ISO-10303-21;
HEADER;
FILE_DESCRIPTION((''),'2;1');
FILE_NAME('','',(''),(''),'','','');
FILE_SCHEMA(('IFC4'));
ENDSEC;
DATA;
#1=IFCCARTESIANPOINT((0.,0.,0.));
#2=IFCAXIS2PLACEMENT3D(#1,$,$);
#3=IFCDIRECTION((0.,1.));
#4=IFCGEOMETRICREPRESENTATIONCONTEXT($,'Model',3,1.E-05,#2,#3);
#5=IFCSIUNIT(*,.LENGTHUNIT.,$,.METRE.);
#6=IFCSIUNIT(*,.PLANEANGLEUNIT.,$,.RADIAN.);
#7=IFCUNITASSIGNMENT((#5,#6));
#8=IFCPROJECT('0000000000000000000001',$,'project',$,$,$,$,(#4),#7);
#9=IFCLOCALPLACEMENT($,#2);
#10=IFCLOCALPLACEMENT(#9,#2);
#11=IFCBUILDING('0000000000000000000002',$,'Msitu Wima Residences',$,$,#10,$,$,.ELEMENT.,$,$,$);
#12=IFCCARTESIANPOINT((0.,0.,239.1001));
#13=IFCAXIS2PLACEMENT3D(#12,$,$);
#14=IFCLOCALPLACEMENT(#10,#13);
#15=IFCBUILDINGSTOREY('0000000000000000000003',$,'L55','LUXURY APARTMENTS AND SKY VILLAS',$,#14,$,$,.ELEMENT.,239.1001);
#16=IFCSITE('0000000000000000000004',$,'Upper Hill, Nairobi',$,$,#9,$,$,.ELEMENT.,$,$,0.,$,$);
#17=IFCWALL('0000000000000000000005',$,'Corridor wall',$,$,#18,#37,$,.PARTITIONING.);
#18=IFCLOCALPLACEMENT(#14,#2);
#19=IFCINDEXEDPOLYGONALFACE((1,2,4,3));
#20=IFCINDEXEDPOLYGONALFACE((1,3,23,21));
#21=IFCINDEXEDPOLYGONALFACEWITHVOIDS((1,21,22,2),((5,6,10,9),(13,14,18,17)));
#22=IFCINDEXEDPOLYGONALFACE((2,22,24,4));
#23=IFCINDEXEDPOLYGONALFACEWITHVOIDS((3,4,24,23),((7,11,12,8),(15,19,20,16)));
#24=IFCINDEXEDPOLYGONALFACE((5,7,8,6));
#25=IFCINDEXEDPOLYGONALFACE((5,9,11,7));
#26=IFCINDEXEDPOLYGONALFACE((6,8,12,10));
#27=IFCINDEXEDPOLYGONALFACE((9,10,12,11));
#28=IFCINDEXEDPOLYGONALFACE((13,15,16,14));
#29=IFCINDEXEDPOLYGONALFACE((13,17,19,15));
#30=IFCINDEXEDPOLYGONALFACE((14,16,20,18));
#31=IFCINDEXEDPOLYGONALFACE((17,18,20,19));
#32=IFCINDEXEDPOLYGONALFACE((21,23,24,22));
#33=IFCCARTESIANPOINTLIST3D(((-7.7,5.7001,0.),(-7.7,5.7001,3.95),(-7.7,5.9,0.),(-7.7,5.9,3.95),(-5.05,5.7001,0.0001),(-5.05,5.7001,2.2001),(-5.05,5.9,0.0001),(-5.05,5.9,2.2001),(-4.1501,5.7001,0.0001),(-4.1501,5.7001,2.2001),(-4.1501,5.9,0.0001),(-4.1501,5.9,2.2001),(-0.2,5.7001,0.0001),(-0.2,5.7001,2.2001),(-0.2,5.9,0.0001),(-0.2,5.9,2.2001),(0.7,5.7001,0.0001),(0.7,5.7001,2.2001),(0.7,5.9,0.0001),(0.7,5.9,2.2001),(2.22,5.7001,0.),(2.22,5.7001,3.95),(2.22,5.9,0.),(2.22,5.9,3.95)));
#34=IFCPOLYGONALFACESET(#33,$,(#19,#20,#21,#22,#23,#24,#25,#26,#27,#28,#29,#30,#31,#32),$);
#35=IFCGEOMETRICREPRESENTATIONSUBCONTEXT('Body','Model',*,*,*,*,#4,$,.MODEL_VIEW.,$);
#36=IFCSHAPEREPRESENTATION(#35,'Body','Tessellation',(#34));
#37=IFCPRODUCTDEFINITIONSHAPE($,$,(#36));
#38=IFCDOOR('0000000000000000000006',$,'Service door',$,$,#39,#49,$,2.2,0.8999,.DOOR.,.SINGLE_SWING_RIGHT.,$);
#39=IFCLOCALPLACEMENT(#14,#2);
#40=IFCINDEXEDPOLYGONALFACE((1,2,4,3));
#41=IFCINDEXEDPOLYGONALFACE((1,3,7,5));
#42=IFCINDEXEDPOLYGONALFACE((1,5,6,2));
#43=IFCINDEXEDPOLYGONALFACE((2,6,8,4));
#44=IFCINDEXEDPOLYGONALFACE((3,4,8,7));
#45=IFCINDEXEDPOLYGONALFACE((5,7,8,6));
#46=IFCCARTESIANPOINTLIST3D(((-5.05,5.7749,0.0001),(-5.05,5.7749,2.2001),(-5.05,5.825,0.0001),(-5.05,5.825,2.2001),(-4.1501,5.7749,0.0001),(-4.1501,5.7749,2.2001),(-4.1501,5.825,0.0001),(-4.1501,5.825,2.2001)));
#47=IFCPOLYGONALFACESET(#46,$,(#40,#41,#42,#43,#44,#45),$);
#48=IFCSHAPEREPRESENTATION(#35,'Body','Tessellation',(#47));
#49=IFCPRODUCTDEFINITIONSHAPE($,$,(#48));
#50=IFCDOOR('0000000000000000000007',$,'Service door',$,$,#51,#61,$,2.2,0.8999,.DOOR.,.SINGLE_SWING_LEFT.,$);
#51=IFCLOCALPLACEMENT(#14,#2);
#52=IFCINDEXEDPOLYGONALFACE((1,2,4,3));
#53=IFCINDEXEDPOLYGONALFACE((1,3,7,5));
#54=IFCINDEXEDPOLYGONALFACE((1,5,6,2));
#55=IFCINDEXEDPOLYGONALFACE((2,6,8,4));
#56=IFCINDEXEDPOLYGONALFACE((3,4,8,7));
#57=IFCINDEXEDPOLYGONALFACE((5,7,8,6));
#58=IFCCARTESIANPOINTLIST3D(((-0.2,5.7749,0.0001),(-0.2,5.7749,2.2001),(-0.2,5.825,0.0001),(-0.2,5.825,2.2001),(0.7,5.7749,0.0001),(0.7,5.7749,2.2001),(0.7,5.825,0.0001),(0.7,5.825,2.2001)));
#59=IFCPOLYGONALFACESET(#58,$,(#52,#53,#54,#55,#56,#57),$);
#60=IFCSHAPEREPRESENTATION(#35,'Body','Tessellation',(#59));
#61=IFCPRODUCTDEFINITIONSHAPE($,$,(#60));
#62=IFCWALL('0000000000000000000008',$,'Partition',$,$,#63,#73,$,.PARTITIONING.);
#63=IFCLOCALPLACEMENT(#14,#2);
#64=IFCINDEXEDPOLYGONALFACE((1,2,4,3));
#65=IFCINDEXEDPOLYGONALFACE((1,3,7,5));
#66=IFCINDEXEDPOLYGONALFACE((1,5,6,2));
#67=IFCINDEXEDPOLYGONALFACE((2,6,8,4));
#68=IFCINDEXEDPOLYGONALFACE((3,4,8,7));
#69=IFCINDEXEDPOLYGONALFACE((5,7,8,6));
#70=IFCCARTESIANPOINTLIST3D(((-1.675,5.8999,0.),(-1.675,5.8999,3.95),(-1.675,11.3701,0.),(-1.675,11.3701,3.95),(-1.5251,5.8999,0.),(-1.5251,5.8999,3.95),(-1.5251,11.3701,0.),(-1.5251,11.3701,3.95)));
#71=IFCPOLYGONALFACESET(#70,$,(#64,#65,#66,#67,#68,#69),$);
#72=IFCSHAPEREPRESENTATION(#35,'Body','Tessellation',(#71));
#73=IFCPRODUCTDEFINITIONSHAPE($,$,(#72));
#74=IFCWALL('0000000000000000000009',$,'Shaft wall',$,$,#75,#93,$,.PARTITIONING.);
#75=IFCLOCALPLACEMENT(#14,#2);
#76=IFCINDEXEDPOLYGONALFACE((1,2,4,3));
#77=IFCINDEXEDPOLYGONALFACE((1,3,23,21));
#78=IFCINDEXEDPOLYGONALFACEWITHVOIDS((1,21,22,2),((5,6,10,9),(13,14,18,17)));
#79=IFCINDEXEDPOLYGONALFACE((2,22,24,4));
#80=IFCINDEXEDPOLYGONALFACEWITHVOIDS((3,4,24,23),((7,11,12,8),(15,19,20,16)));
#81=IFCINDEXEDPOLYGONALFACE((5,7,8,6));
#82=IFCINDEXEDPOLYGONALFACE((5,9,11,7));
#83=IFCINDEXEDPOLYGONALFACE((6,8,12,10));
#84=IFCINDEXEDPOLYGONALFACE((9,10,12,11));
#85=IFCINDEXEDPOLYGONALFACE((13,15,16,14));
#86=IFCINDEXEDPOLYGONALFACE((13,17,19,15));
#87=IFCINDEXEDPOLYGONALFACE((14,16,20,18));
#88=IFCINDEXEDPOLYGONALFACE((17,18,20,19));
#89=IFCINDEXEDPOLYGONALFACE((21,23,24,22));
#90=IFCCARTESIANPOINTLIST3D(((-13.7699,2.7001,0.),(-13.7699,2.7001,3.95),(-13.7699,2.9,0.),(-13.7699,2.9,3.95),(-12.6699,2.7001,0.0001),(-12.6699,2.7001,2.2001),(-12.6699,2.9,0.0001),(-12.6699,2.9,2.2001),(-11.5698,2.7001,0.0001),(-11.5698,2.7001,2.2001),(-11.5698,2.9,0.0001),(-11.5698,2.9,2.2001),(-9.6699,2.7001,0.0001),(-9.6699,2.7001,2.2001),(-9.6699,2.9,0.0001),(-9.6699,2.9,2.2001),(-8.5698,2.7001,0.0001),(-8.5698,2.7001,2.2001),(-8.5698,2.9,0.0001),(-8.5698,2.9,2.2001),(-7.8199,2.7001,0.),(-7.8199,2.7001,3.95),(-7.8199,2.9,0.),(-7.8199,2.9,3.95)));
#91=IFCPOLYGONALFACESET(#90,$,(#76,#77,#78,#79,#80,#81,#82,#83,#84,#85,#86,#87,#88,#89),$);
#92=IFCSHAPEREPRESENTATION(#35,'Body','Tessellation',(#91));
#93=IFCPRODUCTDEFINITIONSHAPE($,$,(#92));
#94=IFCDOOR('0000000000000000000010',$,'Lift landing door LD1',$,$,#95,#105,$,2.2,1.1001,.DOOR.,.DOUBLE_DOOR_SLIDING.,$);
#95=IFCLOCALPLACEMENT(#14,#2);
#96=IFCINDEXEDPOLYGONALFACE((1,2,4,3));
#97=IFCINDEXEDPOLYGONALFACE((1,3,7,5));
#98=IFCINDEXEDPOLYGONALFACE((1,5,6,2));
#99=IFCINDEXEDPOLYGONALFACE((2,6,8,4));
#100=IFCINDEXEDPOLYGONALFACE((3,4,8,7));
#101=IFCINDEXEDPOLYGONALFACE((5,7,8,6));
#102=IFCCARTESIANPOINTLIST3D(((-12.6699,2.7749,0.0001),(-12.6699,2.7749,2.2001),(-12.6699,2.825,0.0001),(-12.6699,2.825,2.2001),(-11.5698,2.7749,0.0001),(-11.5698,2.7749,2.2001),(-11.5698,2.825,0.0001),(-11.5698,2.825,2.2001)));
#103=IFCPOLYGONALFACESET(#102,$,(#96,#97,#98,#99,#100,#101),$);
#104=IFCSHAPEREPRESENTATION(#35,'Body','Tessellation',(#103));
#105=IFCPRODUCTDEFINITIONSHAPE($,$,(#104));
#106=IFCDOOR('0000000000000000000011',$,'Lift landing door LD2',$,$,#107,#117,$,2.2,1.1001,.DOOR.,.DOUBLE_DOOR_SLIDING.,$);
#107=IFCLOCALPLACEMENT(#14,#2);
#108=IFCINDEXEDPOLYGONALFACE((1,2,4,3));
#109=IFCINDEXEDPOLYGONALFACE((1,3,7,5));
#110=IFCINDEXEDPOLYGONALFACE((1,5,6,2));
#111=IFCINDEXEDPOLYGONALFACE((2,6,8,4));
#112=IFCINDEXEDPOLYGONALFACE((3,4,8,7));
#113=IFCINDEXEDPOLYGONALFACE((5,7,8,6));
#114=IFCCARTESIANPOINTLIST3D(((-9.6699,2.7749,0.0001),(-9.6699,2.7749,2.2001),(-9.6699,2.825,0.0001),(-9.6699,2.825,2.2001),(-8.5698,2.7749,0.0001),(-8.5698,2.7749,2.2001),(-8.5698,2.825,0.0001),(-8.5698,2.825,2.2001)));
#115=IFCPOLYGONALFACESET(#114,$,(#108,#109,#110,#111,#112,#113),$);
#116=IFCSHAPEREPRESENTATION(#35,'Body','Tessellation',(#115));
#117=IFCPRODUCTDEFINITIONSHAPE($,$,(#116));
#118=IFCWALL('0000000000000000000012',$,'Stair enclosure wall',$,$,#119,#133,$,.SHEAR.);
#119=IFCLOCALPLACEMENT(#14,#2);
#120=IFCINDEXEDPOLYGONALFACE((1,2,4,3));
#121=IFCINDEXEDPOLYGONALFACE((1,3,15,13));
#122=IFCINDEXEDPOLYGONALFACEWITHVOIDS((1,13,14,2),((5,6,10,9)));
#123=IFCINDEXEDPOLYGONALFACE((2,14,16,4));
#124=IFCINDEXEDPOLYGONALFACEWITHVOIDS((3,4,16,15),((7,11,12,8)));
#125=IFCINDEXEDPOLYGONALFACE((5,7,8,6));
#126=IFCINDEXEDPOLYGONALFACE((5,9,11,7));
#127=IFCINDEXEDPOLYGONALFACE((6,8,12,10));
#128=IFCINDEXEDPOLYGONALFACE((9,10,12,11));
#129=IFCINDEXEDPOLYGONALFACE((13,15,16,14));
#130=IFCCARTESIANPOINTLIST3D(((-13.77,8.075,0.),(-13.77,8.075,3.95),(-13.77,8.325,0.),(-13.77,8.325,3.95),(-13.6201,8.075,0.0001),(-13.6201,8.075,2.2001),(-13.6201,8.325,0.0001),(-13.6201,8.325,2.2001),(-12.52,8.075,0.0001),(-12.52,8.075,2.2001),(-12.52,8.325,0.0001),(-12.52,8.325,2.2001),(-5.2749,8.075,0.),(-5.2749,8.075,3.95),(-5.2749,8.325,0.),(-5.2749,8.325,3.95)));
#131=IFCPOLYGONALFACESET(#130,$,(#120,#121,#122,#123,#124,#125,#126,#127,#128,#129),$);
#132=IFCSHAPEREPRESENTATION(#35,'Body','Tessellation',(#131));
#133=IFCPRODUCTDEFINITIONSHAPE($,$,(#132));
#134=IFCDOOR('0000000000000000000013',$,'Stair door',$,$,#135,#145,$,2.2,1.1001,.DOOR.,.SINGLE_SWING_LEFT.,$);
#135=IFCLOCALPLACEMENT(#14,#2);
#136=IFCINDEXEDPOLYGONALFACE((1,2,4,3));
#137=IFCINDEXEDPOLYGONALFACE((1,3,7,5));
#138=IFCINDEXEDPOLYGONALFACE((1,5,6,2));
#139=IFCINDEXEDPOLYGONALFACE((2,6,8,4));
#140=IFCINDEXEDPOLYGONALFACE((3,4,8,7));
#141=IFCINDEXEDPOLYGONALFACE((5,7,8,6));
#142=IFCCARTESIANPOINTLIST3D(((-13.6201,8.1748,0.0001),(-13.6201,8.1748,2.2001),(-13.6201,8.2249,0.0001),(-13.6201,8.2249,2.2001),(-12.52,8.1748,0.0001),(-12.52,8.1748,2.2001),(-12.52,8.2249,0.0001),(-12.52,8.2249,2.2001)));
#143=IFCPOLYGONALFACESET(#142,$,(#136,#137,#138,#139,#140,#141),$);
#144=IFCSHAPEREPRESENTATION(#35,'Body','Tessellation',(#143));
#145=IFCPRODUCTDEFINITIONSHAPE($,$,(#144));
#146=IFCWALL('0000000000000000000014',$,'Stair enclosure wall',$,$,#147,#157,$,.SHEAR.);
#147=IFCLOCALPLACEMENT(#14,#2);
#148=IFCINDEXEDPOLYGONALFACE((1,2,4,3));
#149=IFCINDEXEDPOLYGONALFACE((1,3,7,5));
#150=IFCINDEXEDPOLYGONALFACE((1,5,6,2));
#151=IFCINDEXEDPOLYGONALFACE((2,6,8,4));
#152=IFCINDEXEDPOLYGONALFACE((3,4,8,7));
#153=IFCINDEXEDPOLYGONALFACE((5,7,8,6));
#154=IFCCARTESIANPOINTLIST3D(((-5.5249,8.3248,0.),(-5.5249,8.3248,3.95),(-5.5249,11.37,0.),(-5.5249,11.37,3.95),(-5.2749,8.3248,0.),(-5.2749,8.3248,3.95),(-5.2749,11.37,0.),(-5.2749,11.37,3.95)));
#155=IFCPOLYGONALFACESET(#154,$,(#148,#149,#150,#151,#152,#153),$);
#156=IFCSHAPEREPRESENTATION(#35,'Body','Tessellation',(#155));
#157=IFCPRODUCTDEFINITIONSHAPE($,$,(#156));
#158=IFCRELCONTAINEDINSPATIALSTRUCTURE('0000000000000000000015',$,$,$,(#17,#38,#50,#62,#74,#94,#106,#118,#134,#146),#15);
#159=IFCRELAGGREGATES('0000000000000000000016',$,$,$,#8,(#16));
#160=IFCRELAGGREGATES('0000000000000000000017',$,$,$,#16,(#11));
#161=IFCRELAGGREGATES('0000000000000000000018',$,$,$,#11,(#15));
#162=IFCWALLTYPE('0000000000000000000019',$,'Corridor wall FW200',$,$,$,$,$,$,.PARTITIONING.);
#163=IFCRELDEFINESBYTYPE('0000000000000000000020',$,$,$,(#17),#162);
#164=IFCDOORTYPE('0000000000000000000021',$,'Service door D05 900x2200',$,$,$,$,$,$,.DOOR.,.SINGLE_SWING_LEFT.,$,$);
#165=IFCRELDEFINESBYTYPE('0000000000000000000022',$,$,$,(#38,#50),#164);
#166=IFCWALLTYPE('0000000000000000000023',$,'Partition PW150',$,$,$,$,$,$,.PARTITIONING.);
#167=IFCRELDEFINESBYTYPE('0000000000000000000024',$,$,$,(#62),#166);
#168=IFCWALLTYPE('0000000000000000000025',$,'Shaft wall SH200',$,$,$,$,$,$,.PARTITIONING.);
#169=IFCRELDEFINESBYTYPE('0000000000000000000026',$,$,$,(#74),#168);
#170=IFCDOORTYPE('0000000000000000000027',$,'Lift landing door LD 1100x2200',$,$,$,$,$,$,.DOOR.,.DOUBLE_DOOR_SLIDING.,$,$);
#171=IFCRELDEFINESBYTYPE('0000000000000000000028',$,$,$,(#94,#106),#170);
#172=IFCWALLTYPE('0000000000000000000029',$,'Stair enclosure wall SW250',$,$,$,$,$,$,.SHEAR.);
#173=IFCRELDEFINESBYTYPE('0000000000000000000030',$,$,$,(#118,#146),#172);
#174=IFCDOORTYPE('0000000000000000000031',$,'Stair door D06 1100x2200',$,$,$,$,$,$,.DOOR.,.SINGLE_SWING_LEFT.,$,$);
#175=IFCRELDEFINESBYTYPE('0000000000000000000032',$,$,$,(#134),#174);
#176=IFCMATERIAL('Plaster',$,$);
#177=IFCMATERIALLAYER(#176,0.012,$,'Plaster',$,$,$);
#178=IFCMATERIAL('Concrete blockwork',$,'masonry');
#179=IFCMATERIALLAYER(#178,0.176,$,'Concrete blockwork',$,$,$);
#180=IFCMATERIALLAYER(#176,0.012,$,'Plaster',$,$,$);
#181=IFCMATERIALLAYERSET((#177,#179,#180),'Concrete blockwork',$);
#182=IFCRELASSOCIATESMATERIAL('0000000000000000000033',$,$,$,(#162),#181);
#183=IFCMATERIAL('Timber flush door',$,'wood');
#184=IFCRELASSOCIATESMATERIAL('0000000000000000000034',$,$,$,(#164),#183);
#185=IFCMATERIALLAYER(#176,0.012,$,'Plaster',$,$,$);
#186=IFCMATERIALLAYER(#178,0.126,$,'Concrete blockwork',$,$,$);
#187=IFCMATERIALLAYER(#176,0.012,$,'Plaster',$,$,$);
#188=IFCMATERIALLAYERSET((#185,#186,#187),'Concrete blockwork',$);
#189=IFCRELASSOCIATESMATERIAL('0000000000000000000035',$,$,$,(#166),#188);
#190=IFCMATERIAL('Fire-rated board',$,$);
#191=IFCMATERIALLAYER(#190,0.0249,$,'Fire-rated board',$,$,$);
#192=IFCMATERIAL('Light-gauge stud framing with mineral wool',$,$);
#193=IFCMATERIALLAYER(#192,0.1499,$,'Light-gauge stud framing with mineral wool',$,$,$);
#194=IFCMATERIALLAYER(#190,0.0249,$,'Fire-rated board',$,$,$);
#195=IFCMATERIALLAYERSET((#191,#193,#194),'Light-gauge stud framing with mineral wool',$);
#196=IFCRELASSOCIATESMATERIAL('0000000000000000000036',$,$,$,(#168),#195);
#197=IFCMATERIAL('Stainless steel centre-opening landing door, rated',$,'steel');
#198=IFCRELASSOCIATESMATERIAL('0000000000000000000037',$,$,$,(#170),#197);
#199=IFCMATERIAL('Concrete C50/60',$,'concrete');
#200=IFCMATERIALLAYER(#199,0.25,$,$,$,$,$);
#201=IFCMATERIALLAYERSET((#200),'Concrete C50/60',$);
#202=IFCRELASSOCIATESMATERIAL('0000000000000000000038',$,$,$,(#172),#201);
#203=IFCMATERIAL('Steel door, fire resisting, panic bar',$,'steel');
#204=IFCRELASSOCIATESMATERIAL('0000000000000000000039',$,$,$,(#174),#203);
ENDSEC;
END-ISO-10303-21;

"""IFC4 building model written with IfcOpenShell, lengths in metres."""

from ifc_helpers import new_model, si_unit, direction, frame, frame_2d, origin, place, context, subcontext, project, spatial, rectangle, extrude, material, layer, layer_set, type_object, element, fill, save


model = new_model("IFC4")

# Units and contexts
model_context = context("Model", 3, precision=1e-05, world=origin(), true_north=direction((0.0, 1.0)))
body_context = subcontext(model_context, "Body", "Model", "MODEL_VIEW")
ifc_project = project(units=[si_unit("LENGTHUNIT", "METRE"), si_unit("PLANEANGLEUNIT", "RADIAN")], contexts=[model_context])

# Site, building, storey
site_placement = place(None, origin())
site = spatial("IfcSite", under=ifc_project, at=site_placement, Name="Upper Hill, Nairobi", CompositionType="ELEMENT", RefElevation=0.0)
building_placement = place(site_placement, origin())
building = spatial("IfcBuilding", under=site, at=building_placement, Name="Msitu Wima Residences", CompositionType="ELEMENT")
storey_placement = place(building_placement, frame((0.0, 0.0, 239.1001)))
storey = spatial("IfcBuildingStorey", under=building, at=storey_placement, Name="L55", Description="LUXURY APARTMENTS AND SKY VILLAS", CompositionType="ELEMENT", Elevation=239.1001)

# Shared definitions
ifc_material_1 = material(Name="Plaster")
ifc_layer_1 = layer(ifc_material_1, 0.012, Name="Plaster")
ifc_material_2 = material(Name="Concrete blockwork", Category="masonry")
ifc_layer_2 = layer(ifc_material_2, 0.176, Name="Concrete blockwork")
ifc_layer_3 = layer(ifc_material_1, 0.012, Name="Plaster")
ifc_layer_set_1 = layer_set([ifc_layer_1, ifc_layer_2, ifc_layer_3], Name="Concrete blockwork")
wall_type_1 = type_object("IfcWallType", Name="Corridor wall FW200", PredefinedType="PARTITIONING", material=ifc_layer_set_1)
ifc_material_3 = material(Name="Timber flush door", Category="wood")
door_type_1 = type_object("IfcDoorType", Name="Service door D05 900x2200", OperationType="SINGLE_SWING_LEFT", PredefinedType="DOOR", material=ifc_material_3)

# Wall, openings, doors
wall_1_placement = place(storey_placement, frame((-7.7, 5.8, 0.0), z_axis=(0.0, 0.0, 1.0), x_axis=(1.0, 0.0, 0.0)))
wall_1 = element("IfcWall", 1, at=wall_1_placement, inside=storey, type_object=wall_type_1, Name="Corridor wall", PredefinedType="PARTITIONING", context=body_context, shape_type="SweptSolid", body=[
    extrude(rectangle(XDim=9.9199, YDim=0.2, at=frame_2d((4.96, 0.0))), origin(), (0.0, 0.0, 1.0), 3.95),
])
opening_1_placement = place(wall_1_placement, frame((2.6499, 0.0, 0.0)))
opening_1 = element("IfcOpeningElement", 2, at=opening_1_placement, cuts=wall_1, PredefinedType="OPENING", context=body_context, shape_type="SweptSolid", body=[
    extrude(rectangle(XDim=0.8999, YDim=2.2, at=frame_2d((0.45, 1.1001))), frame((0.0, 0.1099, 0.0), z_axis=(0.0, -1.0, 0.0), x_axis=(1.0, 0.0, 0.0)), (0.0, 0.0, 1.0), 0.22),
])
opening_2_placement = place(wall_1_placement, frame((7.5, 0.0, 0.0)))
opening_2 = element("IfcOpeningElement", 3, at=opening_2_placement, cuts=wall_1, PredefinedType="OPENING", context=body_context, shape_type="SweptSolid", body=[
    extrude(rectangle(XDim=0.8999, YDim=2.2, at=frame_2d((0.45, 1.1001))), frame((0.0, 0.1099, 0.0), z_axis=(0.0, -1.0, 0.0), x_axis=(1.0, 0.0, 0.0)), (0.0, 0.0, 1.0), 0.22),
])
door_1_placement = place(opening_1_placement, origin())
door_1 = element("IfcDoor", 4, at=door_1_placement, inside=storey, type_object=door_type_1, Name="Service door", OperationType="SINGLE_SWING_RIGHT", OverallHeight=2.2, OverallWidth=0.8999, PredefinedType="DOOR", context=body_context, shape_type="SweptSolid", body=[
    extrude(rectangle(XDim=0.8999, YDim=2.2, at=frame_2d((0.45, 1.1001))), frame((0.0, 0.0249, 0.0), z_axis=(0.0, -1.0, 0.0), x_axis=(1.0, 0.0, 0.0)), (0.0, 0.0, 1.0), 0.05),
])
fill(opening_1, door_1)
door_2_placement = place(opening_2_placement, origin())
door_2 = element("IfcDoor", 5, at=door_2_placement, inside=storey, type_object=door_type_1, Name="Service door", OperationType="SINGLE_SWING_LEFT", OverallHeight=2.2, OverallWidth=0.8999, PredefinedType="DOOR", context=body_context, shape_type="SweptSolid", body=[
    extrude(rectangle(XDim=0.8999, YDim=2.2, at=frame_2d((0.45, 1.1001))), frame((0.0, 0.0249, 0.0), z_axis=(0.0, -1.0, 0.0), x_axis=(1.0, 0.0, 0.0)), (0.0, 0.0, 1.0), 0.05),
])
fill(opening_2, door_2)

# Wall
ifc_layer_4 = layer(ifc_material_1, 0.012, Name="Plaster")
ifc_layer_5 = layer(ifc_material_2, 0.126, Name="Concrete blockwork")
ifc_layer_6 = layer(ifc_material_1, 0.012, Name="Plaster")
ifc_layer_set_2 = layer_set([ifc_layer_4, ifc_layer_5, ifc_layer_6], Name="Concrete blockwork")
wall_type_2 = type_object("IfcWallType", Name="Partition PW150", PredefinedType="PARTITIONING", material=ifc_layer_set_2)
wall_2_placement = place(storey_placement, frame((-1.6001, 5.8999, 0.0), z_axis=(0.0, 0.0, 1.0), x_axis=(0.0, 1.0, 0.0)))
element("IfcWall", 6, at=wall_2_placement, inside=storey, type_object=wall_type_2, Name="Partition", PredefinedType="PARTITIONING", context=body_context, shape_type="SweptSolid", body=[
    extrude(rectangle(XDim=5.4702, YDim=0.1499, at=frame_2d((2.7351, 0.0))), origin(), (0.0, 0.0, 1.0), 3.95),
])

# Wall, openings, doors
ifc_material_4 = material(Name="Fire-rated board")
ifc_layer_7 = layer(ifc_material_4, 0.0249, Name="Fire-rated board")
ifc_material_5 = material(Name="Light-gauge stud framing with mineral wool")
ifc_layer_8 = layer(ifc_material_5, 0.1499, Name="Light-gauge stud framing with mineral wool")
ifc_layer_9 = layer(ifc_material_4, 0.0249, Name="Fire-rated board")
ifc_layer_set_3 = layer_set([ifc_layer_7, ifc_layer_8, ifc_layer_9], Name="Light-gauge stud framing with mineral wool")
wall_type_3 = type_object("IfcWallType", Name="Shaft wall SH200", PredefinedType="PARTITIONING", material=ifc_layer_set_3)
wall_3_placement = place(storey_placement, frame((-13.77, 2.8, 0.0), z_axis=(0.0, 0.0, 1.0), x_axis=(1.0, 0.0, 0.0)))
wall_3 = element("IfcWall", 7, at=wall_3_placement, inside=storey, type_object=wall_type_3, Name="Shaft wall", PredefinedType="PARTITIONING", context=body_context, shape_type="SweptSolid", body=[
    extrude(rectangle(XDim=5.95, YDim=0.2, at=frame_2d((2.9751, 0.0))), origin(), (0.0, 0.0, 1.0), 3.95),
])
opening_3_placement = place(wall_3_placement, frame((1.1001, 0.0, 0.0)))
opening_3 = element("IfcOpeningElement", 8, at=opening_3_placement, cuts=wall_3, PredefinedType="OPENING", context=body_context, shape_type="SweptSolid", body=[
    extrude(rectangle(XDim=1.1001, YDim=2.2, at=frame_2d((0.55, 1.1001))), frame((0.0, 0.1099, 0.0), z_axis=(0.0, -1.0, 0.0), x_axis=(1.0, 0.0, 0.0)), (0.0, 0.0, 1.0), 0.22),
])
opening_4_placement = place(wall_3_placement, frame((4.1001, 0.0, 0.0)))
opening_4 = element("IfcOpeningElement", 9, at=opening_4_placement, cuts=wall_3, PredefinedType="OPENING", context=body_context, shape_type="SweptSolid", body=[
    extrude(rectangle(XDim=1.1001, YDim=2.2, at=frame_2d((0.55, 1.1001))), frame((0.0, 0.1099, 0.0), z_axis=(0.0, -1.0, 0.0), x_axis=(1.0, 0.0, 0.0)), (0.0, 0.0, 1.0), 0.22),
])
ifc_material_6 = material(Name="Stainless steel centre-opening landing door, rated", Category="steel")
door_type_2 = type_object("IfcDoorType", Name="Lift landing door LD 1100x2200", OperationType="DOUBLE_DOOR_SLIDING", PredefinedType="DOOR", material=ifc_material_6)
door_3_placement = place(opening_3_placement, origin())
door_3 = element("IfcDoor", 10, at=door_3_placement, inside=storey, type_object=door_type_2, Name="Lift landing door LD1", OperationType="DOUBLE_DOOR_SLIDING", OverallHeight=2.2, OverallWidth=1.1001, PredefinedType="DOOR", context=body_context, shape_type="SweptSolid", body=[
    extrude(rectangle(XDim=1.1001, YDim=2.2, at=frame_2d((0.55, 1.1001))), frame((0.0, 0.0249, 0.0), z_axis=(0.0, -1.0, 0.0), x_axis=(1.0, 0.0, 0.0)), (0.0, 0.0, 1.0), 0.05),
])
fill(opening_3, door_3)
door_4_placement = place(opening_4_placement, origin())
door_4 = element("IfcDoor", 11, at=door_4_placement, inside=storey, type_object=door_type_2, Name="Lift landing door LD2", OperationType="DOUBLE_DOOR_SLIDING", OverallHeight=2.2, OverallWidth=1.1001, PredefinedType="DOOR", context=body_context, shape_type="SweptSolid", body=[
    extrude(rectangle(XDim=1.1001, YDim=2.2, at=frame_2d((0.55, 1.1001))), frame((0.0, 0.0249, 0.0), z_axis=(0.0, -1.0, 0.0), x_axis=(1.0, 0.0, 0.0)), (0.0, 0.0, 1.0), 0.05),
])
fill(opening_4, door_4)

# Wall, opening, door
ifc_material_7 = material(Name="Concrete C50/60", Category="concrete")
ifc_layer_10 = layer(ifc_material_7, 0.25)
ifc_layer_set_4 = layer_set([ifc_layer_10], Name="Concrete C50/60")
wall_type_4 = type_object("IfcWallType", Name="Stair enclosure wall SW250", PredefinedType="SHEAR", material=ifc_layer_set_4)
wall_4_placement = place(storey_placement, frame((-13.77, 8.2, 0.0), z_axis=(0.0, 0.0, 1.0), x_axis=(1.0, 0.0, 0.0)))
wall_4 = element("IfcWall", 12, at=wall_4_placement, inside=storey, type_object=wall_type_4, Name="Stair enclosure wall", PredefinedType="SHEAR", context=body_context, shape_type="SweptSolid", body=[
    extrude(rectangle(XDim=8.4951, YDim=0.25, at=frame_2d((4.2476, 0.0))), origin(), (0.0, 0.0, 1.0), 3.95),
])
opening_5_placement = place(wall_4_placement, frame((0.1499, 0.0, 0.0)))
opening_5 = element("IfcOpeningElement", 13, at=opening_5_placement, cuts=wall_4, PredefinedType="OPENING", context=body_context, shape_type="SweptSolid", body=[
    extrude(rectangle(XDim=1.1001, YDim=2.2, at=frame_2d((0.55, 1.1001))), frame((0.0, 0.135, 0.0), z_axis=(0.0, -1.0, 0.0), x_axis=(1.0, 0.0, 0.0)), (0.0, 0.0, 1.0), 0.27),
])
ifc_material_8 = material(Name="Steel door, fire resisting, panic bar", Category="steel")
door_type_3 = type_object("IfcDoorType", Name="Stair door D06 1100x2200", OperationType="SINGLE_SWING_LEFT", PredefinedType="DOOR", material=ifc_material_8)
door_5_placement = place(opening_5_placement, origin())
door_5 = element("IfcDoor", 14, at=door_5_placement, inside=storey, type_object=door_type_3, Name="Stair door", OperationType="SINGLE_SWING_LEFT", OverallHeight=2.2, OverallWidth=1.1001, PredefinedType="DOOR", context=body_context, shape_type="SweptSolid", body=[
    extrude(rectangle(XDim=1.1001, YDim=2.2, at=frame_2d((0.55, 1.1001))), frame((0.0, 0.0249, 0.0), z_axis=(0.0, -1.0, 0.0), x_axis=(1.0, 0.0, 0.0)), (0.0, 0.0, 1.0), 0.05),
])
fill(opening_5, door_5)

# Wall
wall_5_placement = place(storey_placement, frame((-5.3999, 8.325, 0.0), z_axis=(0.0, 0.0, 1.0), x_axis=(0.0, 1.0, 0.0)))
element("IfcWall", 15, at=wall_5_placement, inside=storey, type_object=wall_type_4, Name="Stair enclosure wall", PredefinedType="SHEAR", context=body_context, shape_type="SweptSolid", body=[
    extrude(rectangle(XDim=3.0452, YDim=0.25, at=frame_2d((1.5225, 0.0))), origin(), (0.0, 0.0, 1.0), 3.95),
])

save(model, "model.ifc")
